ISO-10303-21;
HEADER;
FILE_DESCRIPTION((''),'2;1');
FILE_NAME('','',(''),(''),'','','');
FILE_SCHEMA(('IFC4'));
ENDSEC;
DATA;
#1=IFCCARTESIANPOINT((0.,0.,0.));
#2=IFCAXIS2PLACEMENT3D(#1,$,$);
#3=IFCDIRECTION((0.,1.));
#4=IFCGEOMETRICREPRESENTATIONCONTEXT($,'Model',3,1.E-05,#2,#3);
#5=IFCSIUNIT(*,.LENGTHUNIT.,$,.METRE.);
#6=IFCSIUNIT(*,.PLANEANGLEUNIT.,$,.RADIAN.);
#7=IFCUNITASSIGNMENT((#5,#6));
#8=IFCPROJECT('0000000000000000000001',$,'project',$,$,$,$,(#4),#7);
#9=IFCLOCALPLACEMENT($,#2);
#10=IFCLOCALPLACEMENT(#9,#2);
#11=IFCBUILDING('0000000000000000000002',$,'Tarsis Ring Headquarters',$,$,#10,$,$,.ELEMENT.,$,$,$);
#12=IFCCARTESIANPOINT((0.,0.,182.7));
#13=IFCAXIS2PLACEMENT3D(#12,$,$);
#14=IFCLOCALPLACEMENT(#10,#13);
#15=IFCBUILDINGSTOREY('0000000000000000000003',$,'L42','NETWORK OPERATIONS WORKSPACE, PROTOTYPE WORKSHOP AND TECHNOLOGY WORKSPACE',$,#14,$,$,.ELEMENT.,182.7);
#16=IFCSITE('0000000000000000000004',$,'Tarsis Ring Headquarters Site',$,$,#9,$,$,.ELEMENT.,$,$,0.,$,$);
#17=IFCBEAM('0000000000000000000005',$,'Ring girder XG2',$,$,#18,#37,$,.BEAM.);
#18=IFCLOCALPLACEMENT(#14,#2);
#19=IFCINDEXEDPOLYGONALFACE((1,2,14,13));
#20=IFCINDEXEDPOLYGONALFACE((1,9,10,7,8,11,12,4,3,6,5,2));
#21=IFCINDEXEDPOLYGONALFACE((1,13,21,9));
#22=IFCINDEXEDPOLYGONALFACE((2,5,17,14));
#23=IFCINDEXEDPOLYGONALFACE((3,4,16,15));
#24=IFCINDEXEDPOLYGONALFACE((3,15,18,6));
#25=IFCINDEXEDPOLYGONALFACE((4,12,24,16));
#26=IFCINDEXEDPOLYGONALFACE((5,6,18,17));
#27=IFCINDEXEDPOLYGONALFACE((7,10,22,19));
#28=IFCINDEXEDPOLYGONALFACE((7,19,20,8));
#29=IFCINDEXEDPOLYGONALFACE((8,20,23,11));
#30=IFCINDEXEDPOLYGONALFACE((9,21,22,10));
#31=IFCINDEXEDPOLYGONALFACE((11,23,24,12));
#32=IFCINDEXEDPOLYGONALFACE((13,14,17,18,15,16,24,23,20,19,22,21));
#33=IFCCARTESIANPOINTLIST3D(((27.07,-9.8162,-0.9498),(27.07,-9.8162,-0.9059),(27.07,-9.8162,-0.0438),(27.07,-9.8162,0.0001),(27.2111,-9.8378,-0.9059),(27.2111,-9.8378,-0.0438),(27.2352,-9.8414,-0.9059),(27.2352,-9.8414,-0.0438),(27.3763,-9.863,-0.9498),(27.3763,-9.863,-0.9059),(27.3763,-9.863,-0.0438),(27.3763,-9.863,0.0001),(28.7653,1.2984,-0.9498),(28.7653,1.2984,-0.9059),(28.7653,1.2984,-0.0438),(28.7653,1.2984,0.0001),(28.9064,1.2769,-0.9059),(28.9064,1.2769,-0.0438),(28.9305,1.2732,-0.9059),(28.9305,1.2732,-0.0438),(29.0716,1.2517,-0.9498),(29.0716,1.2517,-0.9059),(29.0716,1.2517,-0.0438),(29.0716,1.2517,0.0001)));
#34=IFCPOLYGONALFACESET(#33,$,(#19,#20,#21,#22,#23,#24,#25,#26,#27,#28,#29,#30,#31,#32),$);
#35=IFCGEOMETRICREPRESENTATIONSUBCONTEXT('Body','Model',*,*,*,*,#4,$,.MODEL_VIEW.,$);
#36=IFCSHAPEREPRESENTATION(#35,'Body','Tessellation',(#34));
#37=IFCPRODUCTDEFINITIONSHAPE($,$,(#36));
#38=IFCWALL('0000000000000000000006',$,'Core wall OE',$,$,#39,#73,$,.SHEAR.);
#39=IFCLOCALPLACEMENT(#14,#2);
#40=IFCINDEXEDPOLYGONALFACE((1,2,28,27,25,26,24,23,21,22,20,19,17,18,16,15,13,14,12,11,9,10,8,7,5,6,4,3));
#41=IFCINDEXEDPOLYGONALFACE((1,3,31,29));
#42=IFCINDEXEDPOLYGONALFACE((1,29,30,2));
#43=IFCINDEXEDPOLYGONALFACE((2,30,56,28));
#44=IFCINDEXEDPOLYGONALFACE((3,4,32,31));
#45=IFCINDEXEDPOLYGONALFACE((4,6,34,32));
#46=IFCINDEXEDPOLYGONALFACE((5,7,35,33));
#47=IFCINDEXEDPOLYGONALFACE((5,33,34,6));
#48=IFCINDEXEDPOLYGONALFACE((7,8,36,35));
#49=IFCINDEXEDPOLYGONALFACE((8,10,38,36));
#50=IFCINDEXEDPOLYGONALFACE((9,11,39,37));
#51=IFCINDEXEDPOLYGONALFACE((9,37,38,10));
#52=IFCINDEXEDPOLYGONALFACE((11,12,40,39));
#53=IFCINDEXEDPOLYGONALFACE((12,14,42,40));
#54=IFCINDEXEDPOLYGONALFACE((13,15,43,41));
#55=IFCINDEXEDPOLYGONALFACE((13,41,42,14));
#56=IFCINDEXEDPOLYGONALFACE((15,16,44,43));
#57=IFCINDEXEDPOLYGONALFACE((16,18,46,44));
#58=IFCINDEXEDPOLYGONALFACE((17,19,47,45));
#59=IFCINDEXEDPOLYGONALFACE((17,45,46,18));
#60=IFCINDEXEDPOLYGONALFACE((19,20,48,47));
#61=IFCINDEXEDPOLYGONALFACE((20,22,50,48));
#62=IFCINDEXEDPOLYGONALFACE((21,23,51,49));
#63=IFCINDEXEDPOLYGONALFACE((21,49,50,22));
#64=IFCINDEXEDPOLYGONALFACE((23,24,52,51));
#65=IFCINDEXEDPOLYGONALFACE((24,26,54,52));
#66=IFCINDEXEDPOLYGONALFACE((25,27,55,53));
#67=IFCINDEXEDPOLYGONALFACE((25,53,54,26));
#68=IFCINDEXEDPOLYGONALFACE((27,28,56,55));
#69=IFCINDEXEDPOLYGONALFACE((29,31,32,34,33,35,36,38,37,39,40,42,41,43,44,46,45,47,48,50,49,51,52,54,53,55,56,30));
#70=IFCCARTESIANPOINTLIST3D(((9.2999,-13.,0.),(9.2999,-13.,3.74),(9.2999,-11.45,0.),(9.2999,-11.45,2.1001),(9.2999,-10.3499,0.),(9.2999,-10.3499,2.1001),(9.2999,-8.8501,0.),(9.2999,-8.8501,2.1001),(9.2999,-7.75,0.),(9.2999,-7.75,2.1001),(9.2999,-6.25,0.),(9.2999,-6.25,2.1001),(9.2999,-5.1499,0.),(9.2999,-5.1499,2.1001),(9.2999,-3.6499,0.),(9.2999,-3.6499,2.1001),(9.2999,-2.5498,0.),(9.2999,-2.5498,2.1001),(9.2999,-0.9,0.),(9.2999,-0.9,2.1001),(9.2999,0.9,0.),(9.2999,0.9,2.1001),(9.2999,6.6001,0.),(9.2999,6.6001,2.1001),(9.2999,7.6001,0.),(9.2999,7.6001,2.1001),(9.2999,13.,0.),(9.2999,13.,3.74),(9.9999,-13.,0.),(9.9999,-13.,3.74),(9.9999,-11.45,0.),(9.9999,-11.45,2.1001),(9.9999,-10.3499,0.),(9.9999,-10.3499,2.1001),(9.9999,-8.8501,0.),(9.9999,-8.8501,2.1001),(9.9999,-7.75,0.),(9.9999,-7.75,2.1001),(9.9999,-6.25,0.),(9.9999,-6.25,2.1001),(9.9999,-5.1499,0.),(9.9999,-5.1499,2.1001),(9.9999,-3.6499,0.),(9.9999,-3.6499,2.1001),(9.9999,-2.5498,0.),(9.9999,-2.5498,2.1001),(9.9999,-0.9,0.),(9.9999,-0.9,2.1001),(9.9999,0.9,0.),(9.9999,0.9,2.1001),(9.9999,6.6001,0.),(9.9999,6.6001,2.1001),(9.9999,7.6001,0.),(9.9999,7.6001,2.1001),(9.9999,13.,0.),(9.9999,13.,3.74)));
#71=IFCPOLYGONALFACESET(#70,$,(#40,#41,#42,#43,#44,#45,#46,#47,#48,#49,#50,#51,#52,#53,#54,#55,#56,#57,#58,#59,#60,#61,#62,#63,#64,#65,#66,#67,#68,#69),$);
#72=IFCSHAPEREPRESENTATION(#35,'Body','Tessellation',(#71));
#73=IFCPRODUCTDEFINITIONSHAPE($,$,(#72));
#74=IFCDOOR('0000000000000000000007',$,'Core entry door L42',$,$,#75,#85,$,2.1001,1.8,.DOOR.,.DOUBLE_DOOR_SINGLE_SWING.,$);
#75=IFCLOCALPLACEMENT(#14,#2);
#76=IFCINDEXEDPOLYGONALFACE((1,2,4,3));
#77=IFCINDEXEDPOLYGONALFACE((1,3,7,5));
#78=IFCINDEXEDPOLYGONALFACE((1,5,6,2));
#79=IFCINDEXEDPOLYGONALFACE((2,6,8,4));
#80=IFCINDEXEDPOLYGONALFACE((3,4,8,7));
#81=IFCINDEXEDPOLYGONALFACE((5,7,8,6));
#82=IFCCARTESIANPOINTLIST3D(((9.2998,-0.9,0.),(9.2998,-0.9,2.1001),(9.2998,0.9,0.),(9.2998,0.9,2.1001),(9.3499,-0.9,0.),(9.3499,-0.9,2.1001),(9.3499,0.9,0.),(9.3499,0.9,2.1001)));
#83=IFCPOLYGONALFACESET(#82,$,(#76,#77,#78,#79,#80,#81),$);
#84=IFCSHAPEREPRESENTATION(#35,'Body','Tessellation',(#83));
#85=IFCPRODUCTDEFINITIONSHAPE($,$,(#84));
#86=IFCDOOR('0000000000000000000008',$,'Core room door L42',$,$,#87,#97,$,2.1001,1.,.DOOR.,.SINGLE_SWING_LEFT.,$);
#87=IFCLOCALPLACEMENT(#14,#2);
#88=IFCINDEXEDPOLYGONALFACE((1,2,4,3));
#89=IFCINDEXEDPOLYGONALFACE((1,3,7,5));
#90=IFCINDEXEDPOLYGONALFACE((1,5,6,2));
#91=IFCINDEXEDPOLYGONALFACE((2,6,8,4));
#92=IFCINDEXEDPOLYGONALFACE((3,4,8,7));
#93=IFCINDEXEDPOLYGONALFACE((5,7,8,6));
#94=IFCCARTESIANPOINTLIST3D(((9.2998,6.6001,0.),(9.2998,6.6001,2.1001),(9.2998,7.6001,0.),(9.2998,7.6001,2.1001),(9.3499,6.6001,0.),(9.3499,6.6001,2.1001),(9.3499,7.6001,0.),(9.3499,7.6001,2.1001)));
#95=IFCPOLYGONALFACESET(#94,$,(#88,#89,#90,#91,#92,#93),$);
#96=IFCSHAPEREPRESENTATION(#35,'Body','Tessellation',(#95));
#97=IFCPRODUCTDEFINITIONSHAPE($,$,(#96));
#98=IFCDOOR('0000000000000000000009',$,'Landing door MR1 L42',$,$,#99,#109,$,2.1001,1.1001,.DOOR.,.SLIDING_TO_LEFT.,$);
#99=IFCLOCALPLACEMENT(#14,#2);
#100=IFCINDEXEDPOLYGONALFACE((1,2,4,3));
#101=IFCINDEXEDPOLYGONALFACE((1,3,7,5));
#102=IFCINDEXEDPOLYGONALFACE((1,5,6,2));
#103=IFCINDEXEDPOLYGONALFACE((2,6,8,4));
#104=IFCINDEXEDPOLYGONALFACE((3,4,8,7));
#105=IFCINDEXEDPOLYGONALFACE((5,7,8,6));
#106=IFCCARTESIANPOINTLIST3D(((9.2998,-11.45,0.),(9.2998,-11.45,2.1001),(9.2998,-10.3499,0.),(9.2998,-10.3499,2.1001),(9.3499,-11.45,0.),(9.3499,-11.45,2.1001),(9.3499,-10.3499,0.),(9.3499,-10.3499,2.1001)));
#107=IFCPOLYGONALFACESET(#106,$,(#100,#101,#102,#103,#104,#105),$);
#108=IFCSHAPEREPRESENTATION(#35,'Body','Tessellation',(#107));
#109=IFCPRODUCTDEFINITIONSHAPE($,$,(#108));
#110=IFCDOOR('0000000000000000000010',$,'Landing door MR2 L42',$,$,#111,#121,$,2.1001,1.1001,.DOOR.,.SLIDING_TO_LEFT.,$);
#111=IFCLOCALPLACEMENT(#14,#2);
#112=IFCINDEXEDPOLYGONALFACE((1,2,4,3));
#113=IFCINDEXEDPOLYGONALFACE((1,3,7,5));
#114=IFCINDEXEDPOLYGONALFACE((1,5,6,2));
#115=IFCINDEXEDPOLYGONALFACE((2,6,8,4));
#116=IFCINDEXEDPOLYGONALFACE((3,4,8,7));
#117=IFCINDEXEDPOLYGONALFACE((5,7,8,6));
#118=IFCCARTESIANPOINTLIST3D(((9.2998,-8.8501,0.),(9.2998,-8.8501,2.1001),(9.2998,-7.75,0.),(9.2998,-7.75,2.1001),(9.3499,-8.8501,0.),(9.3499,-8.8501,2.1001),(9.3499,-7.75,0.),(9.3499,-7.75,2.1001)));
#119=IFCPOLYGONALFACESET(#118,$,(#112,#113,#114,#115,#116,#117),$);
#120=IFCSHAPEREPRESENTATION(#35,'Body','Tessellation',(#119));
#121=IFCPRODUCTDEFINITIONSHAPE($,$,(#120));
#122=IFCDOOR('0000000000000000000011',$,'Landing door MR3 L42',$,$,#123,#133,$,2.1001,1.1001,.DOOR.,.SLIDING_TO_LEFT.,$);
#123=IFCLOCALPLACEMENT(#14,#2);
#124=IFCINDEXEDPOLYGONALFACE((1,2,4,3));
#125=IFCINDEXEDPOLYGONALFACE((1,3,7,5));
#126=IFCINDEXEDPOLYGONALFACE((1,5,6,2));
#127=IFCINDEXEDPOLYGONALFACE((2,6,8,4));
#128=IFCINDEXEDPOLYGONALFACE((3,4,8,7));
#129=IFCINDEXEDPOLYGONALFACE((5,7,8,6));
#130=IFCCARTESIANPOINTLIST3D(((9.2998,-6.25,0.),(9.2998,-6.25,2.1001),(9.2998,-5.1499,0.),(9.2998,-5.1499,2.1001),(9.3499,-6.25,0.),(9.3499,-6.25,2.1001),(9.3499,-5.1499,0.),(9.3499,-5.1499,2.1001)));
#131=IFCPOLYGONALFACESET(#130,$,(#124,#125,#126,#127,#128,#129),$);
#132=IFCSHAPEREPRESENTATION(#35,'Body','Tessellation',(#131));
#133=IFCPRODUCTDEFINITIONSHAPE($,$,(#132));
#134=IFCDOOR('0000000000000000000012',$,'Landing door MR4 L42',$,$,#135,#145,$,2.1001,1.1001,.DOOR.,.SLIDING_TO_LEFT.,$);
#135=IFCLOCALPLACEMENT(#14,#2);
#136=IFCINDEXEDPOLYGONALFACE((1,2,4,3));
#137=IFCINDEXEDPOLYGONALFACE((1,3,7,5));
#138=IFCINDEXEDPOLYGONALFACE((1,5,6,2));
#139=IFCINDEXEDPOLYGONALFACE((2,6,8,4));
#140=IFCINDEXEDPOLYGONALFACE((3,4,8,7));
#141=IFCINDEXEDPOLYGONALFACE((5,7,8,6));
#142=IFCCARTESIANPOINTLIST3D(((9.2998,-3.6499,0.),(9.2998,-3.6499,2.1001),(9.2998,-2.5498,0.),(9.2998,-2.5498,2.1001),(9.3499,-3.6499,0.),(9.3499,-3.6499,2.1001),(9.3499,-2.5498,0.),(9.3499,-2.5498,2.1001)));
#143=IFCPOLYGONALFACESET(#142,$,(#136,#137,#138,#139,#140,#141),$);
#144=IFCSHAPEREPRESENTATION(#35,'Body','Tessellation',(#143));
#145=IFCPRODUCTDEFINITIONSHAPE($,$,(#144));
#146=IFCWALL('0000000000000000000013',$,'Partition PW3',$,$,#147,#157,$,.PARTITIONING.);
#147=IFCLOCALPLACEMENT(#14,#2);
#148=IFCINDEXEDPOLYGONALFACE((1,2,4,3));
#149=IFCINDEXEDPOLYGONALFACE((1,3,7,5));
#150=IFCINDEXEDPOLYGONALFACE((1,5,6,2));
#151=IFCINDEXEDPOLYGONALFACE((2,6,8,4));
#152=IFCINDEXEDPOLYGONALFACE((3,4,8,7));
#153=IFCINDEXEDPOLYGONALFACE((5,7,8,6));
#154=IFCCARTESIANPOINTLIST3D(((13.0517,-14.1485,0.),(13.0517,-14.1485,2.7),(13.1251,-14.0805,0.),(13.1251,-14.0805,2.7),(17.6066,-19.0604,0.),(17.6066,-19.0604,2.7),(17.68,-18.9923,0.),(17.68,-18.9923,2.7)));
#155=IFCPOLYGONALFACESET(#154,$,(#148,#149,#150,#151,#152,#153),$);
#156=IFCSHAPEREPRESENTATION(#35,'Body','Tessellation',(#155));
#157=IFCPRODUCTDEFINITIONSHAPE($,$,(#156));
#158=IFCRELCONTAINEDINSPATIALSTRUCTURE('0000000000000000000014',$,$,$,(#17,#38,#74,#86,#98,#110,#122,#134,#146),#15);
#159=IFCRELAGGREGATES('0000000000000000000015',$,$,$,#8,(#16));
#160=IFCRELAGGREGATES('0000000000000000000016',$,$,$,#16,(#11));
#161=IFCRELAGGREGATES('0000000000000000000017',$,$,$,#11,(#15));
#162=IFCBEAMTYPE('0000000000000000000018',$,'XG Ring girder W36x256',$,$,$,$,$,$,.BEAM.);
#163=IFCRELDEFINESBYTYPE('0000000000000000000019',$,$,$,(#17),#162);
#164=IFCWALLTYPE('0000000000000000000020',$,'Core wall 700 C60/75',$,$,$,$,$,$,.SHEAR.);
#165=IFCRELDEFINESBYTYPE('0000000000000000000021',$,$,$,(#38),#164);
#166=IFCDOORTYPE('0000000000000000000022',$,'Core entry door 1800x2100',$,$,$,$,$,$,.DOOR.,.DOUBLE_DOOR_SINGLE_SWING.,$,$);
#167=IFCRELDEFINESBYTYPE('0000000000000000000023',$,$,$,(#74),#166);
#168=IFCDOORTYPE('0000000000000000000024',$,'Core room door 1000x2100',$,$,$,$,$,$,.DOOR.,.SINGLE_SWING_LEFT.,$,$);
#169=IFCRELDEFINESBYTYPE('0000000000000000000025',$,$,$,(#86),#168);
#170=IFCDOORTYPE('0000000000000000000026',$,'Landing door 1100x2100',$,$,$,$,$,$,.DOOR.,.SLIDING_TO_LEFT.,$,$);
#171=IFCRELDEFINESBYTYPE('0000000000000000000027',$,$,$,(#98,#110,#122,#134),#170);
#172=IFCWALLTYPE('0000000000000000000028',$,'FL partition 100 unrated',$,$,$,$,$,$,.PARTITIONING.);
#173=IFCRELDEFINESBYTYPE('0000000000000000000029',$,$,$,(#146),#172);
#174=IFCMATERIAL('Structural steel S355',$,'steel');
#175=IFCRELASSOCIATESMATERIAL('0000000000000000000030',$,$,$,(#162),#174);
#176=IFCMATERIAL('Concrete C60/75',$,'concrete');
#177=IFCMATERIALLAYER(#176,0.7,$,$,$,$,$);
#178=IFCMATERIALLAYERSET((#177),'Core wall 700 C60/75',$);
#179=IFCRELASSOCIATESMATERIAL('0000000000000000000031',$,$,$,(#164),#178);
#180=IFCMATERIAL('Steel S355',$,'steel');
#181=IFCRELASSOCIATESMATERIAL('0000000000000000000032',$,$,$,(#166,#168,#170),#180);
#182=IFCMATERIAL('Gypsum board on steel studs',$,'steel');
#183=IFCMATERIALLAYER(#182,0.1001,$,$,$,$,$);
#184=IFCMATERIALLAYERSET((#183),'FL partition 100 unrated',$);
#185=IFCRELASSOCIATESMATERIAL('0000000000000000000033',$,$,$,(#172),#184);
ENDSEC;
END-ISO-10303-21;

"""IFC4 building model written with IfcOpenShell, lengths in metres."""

from ifc_helpers import new_model, si_unit, direction, frame, frame_2d, origin, origin_2d, place, context, subcontext, project, spatial, rectangle, i_section, extrude, material, layer, layer_set, material_profile, profile_set, type_object, element, fill, save


model = new_model("IFC4")

# Units and contexts
model_context = context("Model", 3, precision=1e-05, world=origin(), true_north=direction((0.0, 1.0)))
body_context = subcontext(model_context, "Body", "Model", "MODEL_VIEW")
ifc_project = project(units=[si_unit("LENGTHUNIT", "METRE"), si_unit("PLANEANGLEUNIT", "RADIAN")], contexts=[model_context])

# Site, building, storey
site_placement = place(None, origin())
site = spatial("IfcSite", under=ifc_project, at=site_placement, Name="Tarsis Ring Headquarters Site", CompositionType="ELEMENT", RefElevation=0.0)
building_placement = place(site_placement, origin())
building = spatial("IfcBuilding", under=site, at=building_placement, Name="Tarsis Ring Headquarters", CompositionType="ELEMENT")
storey_placement = place(building_placement, frame((0.0, 0.0, 182.7)))
storey = spatial("IfcBuildingStorey", under=building, at=storey_placement, Name="L42", Description="NETWORK OPERATIONS WORKSPACE, PROTOTYPE WORKSHOP AND TECHNOLOGY WORKSPACE", CompositionType="ELEMENT", Elevation=182.7)

# Shared definitions
ifc_material_1 = material(Name="Structural steel S355", Category="steel")

# Beam
ifc_material_profile_1 = material_profile(ifc_material_1, i_section(OverallWidth=0.3098, OverallDepth=0.95, WebThickness=0.0244, FlangeThickness=0.0439, at=origin_2d()), Name="W36x256")
ifc_profile_set_1 = profile_set([ifc_material_profile_1], Name="Structural steel S355")
beam_type_1 = type_object("IfcBeamType", Name="XG Ring girder W36x256", PredefinedType="BEAM", material=ifc_profile_set_1)
beam_1_placement = place(storey_placement, frame((27.2231, -9.8396, -0.4749), z_axis=(0.150788, 0.988566, 0.0), x_axis=(-0.988566, 0.150788, 0.0)))
element("IfcBeam", 1, at=beam_1_placement, inside=storey, type_object=beam_type_1, Name="Ring girder XG2", PredefinedType="BEAM", context=body_context, shape_type="SweptSolid", body=[
    extrude(i_section(OverallWidth=0.3098, OverallDepth=0.95, WebThickness=0.0244, FlangeThickness=0.0439, at=origin_2d()), origin(), (0.0, 0.0, 1.0), 11.2432),
])

# Wall, openings, doors
ifc_material_2 = material(Name="Concrete C60/75", Category="concrete")
ifc_layer_1 = layer(ifc_material_2, 0.7)
ifc_layer_set_1 = layer_set([ifc_layer_1], Name="Core wall 700 C60/75")
wall_type_1 = type_object("IfcWallType", Name="Core wall 700 C60/75", PredefinedType="SHEAR", material=ifc_layer_set_1)
wall_1_placement = place(storey_placement, frame((9.6499, -13.0, 0.0), z_axis=(0.0, 0.0, 1.0), x_axis=(0.0, 1.0, 0.0)))
wall_1 = element("IfcWall", 2, at=wall_1_placement, inside=storey, type_object=wall_type_1, Name="Core wall OE", PredefinedType="SHEAR", context=body_context, shape_type="SweptSolid", body=[
    extrude(rectangle(XDim=26.0, YDim=0.7, at=frame_2d((13.0, 0.0))), origin(), (0.0, 0.0, 1.0), 3.74),
])
opening_1_placement = place(wall_1_placement, frame((1.55, 0.0, 0.0)))
opening_1 = element("IfcOpeningElement", 3, at=opening_1_placement, cuts=wall_1, PredefinedType="OPENING", context=body_context, shape_type="SweptSolid", body=[
    extrude(rectangle(XDim=1.1001, YDim=2.1001, at=frame_2d((0.55, 1.05))), frame((0.0, 0.3599, 0.0), z_axis=(0.0, -1.0, 0.0), x_axis=(1.0, 0.0, 0.0)), (0.0, 0.0, 1.0), 0.72),
])
opening_2_placement = place(wall_1_placement, frame((4.1499, 0.0, 0.0)))
opening_2 = element("IfcOpeningElement", 4, at=opening_2_placement, cuts=wall_1, PredefinedType="OPENING", context=body_context, shape_type="SweptSolid", body=[
    extrude(rectangle(XDim=1.1001, YDim=2.1001, at=frame_2d((0.55, 1.05))), frame((0.0, 0.3599, 0.0), z_axis=(0.0, -1.0, 0.0), x_axis=(1.0, 0.0, 0.0)), (0.0, 0.0, 1.0), 0.72),
])
opening_3_placement = place(wall_1_placement, frame((6.75, 0.0, 0.0)))
opening_3 = element("IfcOpeningElement", 5, at=opening_3_placement, cuts=wall_1, PredefinedType="OPENING", context=body_context, shape_type="SweptSolid", body=[
    extrude(rectangle(XDim=1.1001, YDim=2.1001, at=frame_2d((0.55, 1.05))), frame((0.0, 0.3599, 0.0), z_axis=(0.0, -1.0, 0.0), x_axis=(1.0, 0.0, 0.0)), (0.0, 0.0, 1.0), 0.72),
])
opening_4_placement = place(wall_1_placement, frame((9.3501, 0.0, 0.0)))
opening_4 = element("IfcOpeningElement", 6, at=opening_4_placement, cuts=wall_1, PredefinedType="OPENING", context=body_context, shape_type="SweptSolid", body=[
    extrude(rectangle(XDim=1.1001, YDim=2.1001, at=frame_2d((0.55, 1.05))), frame((0.0, 0.3599, 0.0), z_axis=(0.0, -1.0, 0.0), x_axis=(1.0, 0.0, 0.0)), (0.0, 0.0, 1.0), 0.72),
])
opening_5_placement = place(wall_1_placement, frame((12.1001, 0.0, 0.0)))
opening_5 = element("IfcOpeningElement", 7, at=opening_5_placement, cuts=wall_1, PredefinedType="OPENING", context=body_context, shape_type="SweptSolid", body=[
    extrude(rectangle(XDim=1.8, YDim=2.1001, at=frame_2d((0.8999, 1.05))), frame((0.0, 0.3599, 0.0), z_axis=(0.0, -1.0, 0.0), x_axis=(1.0, 0.0, 0.0)), (0.0, 0.0, 1.0), 0.72),
])
opening_6_placement = place(wall_1_placement, frame((19.6001, 0.0, 0.0)))
opening_6 = element("IfcOpeningElement", 8, at=opening_6_placement, cuts=wall_1, PredefinedType="OPENING", context=body_context, shape_type="SweptSolid", body=[
    extrude(rectangle(XDim=1.0, YDim=2.1001, at=frame_2d((0.5, 1.05))), frame((0.0, 0.3599, 0.0), z_axis=(0.0, -1.0, 0.0), x_axis=(1.0, 0.0, 0.0)), (0.0, 0.0, 1.0), 0.72),
])
ifc_material_3 = material(Name="Steel S355", Category="steel")
door_type_1 = type_object("IfcDoorType", Name="Core entry door 1800x2100", OperationType="DOUBLE_DOOR_SINGLE_SWING", PredefinedType="DOOR", material=ifc_material_3)
door_1_placement = place(opening_5_placement, origin())
door_1 = element("IfcDoor", 9, at=door_1_placement, inside=storey, type_object=door_type_1, Name="Core entry door L42", OperationType="DOUBLE_DOOR_SINGLE_SWING", OverallHeight=2.1001, OverallWidth=1.8, PredefinedType="DOOR", context=body_context, shape_type="SweptSolid", body=[
    extrude(rectangle(XDim=1.8, YDim=2.1001, at=frame_2d((0.8999, 1.05))), frame((0.0, 0.3501, 0.0), z_axis=(0.0, -1.0, 0.0), x_axis=(1.0, 0.0, 0.0)), (0.0, 0.0, 1.0), 0.05),
])
fill(opening_5, door_1)
door_type_2 = type_object("IfcDoorType", Name="Core room door 1000x2100", OperationType="SINGLE_SWING_LEFT", PredefinedType="DOOR", material=ifc_material_3)
door_2_placement = place(opening_6_placement, origin())
door_2 = element("IfcDoor", 10, at=door_2_placement, inside=storey, type_object=door_type_2, Name="Core room door L42", OperationType="SINGLE_SWING_LEFT", OverallHeight=2.1001, OverallWidth=1.0, PredefinedType="DOOR", context=body_context, shape_type="SweptSolid", body=[
    extrude(rectangle(XDim=1.0, YDim=2.1001, at=frame_2d((0.5, 1.05))), frame((0.0, 0.3501, 0.0), z_axis=(0.0, -1.0, 0.0), x_axis=(1.0, 0.0, 0.0)), (0.0, 0.0, 1.0), 0.05),
])
fill(opening_6, door_2)
door_type_3 = type_object("IfcDoorType", Name="Landing door 1100x2100", OperationType="SLIDING_TO_LEFT", PredefinedType="DOOR", material=ifc_material_3)
door_3_placement = place(opening_1_placement, origin())
door_3 = element("IfcDoor", 11, at=door_3_placement, inside=storey, type_object=door_type_3, Name="Landing door MR1 L42", OperationType="SLIDING_TO_LEFT", OverallHeight=2.1001, OverallWidth=1.1001, PredefinedType="DOOR", context=body_context, shape_type="SweptSolid", body=[
    extrude(rectangle(XDim=1.1001, YDim=2.1001, at=frame_2d((0.55, 1.05))), frame((0.0, 0.3501, 0.0), z_axis=(0.0, -1.0, 0.0), x_axis=(1.0, 0.0, 0.0)), (0.0, 0.0, 1.0), 0.05),
])
fill(opening_1, door_3)
door_4_placement = place(opening_2_placement, origin())
door_4 = element("IfcDoor", 12, at=door_4_placement, inside=storey, type_object=door_type_3, Name="Landing door MR2 L42", OperationType="SLIDING_TO_LEFT", OverallHeight=2.1001, OverallWidth=1.1001, PredefinedType="DOOR", context=body_context, shape_type="SweptSolid", body=[
    extrude(rectangle(XDim=1.1001, YDim=2.1001, at=frame_2d((0.55, 1.05))), frame((0.0, 0.3501, 0.0), z_axis=(0.0, -1.0, 0.0), x_axis=(1.0, 0.0, 0.0)), (0.0, 0.0, 1.0), 0.05),
])
fill(opening_2, door_4)
door_5_placement = place(opening_3_placement, origin())
door_5 = element("IfcDoor", 13, at=door_5_placement, inside=storey, type_object=door_type_3, Name="Landing door MR3 L42", OperationType="SLIDING_TO_LEFT", OverallHeight=2.1001, OverallWidth=1.1001, PredefinedType="DOOR", context=body_context, shape_type="SweptSolid", body=[
    extrude(rectangle(XDim=1.1001, YDim=2.1001, at=frame_2d((0.55, 1.05))), frame((0.0, 0.3501, 0.0), z_axis=(0.0, -1.0, 0.0), x_axis=(1.0, 0.0, 0.0)), (0.0, 0.0, 1.0), 0.05),
])
fill(opening_3, door_5)
door_6_placement = place(opening_4_placement, origin())
door_6 = element("IfcDoor", 14, at=door_6_placement, inside=storey, type_object=door_type_3, Name="Landing door MR4 L42", OperationType="SLIDING_TO_LEFT", OverallHeight=2.1001, OverallWidth=1.1001, PredefinedType="DOOR", context=body_context, shape_type="SweptSolid", body=[
    extrude(rectangle(XDim=1.1001, YDim=2.1001, at=frame_2d((0.55, 1.05))), frame((0.0, 0.3501, 0.0), z_axis=(0.0, -1.0, 0.0), x_axis=(1.0, 0.0, 0.0)), (0.0, 0.0, 1.0), 0.05),
])
fill(opening_4, door_6)

# Wall
ifc_material_4 = material(Name="Gypsum board on steel studs", Category="steel")
ifc_layer_2 = layer(ifc_material_4, 0.1001)
ifc_layer_set_2 = layer_set([ifc_layer_2], Name="FL partition 100 unrated")
wall_type_2 = type_object("IfcWallType", Name="FL partition 100 unrated", PredefinedType="PARTITIONING", material=ifc_layer_set_2)
wall_2_placement = place(storey_placement, frame((13.0884, -14.1145, 0.0), z_axis=(0.0, 0.0, 1.0), x_axis=(0.679963, -0.733246, 0.0)))
element("IfcWall", 15, at=wall_2_placement, inside=storey, type_object=wall_type_2, Name="Partition PW3", PredefinedType="PARTITIONING", context=body_context, shape_type="SweptSolid", body=[
    extrude(rectangle(XDim=6.6987, YDim=0.1001, at=frame_2d((3.3494, 0.0))), origin(), (0.0, 0.0, 1.0), 2.7),
])

save(model, "model.ifc")
